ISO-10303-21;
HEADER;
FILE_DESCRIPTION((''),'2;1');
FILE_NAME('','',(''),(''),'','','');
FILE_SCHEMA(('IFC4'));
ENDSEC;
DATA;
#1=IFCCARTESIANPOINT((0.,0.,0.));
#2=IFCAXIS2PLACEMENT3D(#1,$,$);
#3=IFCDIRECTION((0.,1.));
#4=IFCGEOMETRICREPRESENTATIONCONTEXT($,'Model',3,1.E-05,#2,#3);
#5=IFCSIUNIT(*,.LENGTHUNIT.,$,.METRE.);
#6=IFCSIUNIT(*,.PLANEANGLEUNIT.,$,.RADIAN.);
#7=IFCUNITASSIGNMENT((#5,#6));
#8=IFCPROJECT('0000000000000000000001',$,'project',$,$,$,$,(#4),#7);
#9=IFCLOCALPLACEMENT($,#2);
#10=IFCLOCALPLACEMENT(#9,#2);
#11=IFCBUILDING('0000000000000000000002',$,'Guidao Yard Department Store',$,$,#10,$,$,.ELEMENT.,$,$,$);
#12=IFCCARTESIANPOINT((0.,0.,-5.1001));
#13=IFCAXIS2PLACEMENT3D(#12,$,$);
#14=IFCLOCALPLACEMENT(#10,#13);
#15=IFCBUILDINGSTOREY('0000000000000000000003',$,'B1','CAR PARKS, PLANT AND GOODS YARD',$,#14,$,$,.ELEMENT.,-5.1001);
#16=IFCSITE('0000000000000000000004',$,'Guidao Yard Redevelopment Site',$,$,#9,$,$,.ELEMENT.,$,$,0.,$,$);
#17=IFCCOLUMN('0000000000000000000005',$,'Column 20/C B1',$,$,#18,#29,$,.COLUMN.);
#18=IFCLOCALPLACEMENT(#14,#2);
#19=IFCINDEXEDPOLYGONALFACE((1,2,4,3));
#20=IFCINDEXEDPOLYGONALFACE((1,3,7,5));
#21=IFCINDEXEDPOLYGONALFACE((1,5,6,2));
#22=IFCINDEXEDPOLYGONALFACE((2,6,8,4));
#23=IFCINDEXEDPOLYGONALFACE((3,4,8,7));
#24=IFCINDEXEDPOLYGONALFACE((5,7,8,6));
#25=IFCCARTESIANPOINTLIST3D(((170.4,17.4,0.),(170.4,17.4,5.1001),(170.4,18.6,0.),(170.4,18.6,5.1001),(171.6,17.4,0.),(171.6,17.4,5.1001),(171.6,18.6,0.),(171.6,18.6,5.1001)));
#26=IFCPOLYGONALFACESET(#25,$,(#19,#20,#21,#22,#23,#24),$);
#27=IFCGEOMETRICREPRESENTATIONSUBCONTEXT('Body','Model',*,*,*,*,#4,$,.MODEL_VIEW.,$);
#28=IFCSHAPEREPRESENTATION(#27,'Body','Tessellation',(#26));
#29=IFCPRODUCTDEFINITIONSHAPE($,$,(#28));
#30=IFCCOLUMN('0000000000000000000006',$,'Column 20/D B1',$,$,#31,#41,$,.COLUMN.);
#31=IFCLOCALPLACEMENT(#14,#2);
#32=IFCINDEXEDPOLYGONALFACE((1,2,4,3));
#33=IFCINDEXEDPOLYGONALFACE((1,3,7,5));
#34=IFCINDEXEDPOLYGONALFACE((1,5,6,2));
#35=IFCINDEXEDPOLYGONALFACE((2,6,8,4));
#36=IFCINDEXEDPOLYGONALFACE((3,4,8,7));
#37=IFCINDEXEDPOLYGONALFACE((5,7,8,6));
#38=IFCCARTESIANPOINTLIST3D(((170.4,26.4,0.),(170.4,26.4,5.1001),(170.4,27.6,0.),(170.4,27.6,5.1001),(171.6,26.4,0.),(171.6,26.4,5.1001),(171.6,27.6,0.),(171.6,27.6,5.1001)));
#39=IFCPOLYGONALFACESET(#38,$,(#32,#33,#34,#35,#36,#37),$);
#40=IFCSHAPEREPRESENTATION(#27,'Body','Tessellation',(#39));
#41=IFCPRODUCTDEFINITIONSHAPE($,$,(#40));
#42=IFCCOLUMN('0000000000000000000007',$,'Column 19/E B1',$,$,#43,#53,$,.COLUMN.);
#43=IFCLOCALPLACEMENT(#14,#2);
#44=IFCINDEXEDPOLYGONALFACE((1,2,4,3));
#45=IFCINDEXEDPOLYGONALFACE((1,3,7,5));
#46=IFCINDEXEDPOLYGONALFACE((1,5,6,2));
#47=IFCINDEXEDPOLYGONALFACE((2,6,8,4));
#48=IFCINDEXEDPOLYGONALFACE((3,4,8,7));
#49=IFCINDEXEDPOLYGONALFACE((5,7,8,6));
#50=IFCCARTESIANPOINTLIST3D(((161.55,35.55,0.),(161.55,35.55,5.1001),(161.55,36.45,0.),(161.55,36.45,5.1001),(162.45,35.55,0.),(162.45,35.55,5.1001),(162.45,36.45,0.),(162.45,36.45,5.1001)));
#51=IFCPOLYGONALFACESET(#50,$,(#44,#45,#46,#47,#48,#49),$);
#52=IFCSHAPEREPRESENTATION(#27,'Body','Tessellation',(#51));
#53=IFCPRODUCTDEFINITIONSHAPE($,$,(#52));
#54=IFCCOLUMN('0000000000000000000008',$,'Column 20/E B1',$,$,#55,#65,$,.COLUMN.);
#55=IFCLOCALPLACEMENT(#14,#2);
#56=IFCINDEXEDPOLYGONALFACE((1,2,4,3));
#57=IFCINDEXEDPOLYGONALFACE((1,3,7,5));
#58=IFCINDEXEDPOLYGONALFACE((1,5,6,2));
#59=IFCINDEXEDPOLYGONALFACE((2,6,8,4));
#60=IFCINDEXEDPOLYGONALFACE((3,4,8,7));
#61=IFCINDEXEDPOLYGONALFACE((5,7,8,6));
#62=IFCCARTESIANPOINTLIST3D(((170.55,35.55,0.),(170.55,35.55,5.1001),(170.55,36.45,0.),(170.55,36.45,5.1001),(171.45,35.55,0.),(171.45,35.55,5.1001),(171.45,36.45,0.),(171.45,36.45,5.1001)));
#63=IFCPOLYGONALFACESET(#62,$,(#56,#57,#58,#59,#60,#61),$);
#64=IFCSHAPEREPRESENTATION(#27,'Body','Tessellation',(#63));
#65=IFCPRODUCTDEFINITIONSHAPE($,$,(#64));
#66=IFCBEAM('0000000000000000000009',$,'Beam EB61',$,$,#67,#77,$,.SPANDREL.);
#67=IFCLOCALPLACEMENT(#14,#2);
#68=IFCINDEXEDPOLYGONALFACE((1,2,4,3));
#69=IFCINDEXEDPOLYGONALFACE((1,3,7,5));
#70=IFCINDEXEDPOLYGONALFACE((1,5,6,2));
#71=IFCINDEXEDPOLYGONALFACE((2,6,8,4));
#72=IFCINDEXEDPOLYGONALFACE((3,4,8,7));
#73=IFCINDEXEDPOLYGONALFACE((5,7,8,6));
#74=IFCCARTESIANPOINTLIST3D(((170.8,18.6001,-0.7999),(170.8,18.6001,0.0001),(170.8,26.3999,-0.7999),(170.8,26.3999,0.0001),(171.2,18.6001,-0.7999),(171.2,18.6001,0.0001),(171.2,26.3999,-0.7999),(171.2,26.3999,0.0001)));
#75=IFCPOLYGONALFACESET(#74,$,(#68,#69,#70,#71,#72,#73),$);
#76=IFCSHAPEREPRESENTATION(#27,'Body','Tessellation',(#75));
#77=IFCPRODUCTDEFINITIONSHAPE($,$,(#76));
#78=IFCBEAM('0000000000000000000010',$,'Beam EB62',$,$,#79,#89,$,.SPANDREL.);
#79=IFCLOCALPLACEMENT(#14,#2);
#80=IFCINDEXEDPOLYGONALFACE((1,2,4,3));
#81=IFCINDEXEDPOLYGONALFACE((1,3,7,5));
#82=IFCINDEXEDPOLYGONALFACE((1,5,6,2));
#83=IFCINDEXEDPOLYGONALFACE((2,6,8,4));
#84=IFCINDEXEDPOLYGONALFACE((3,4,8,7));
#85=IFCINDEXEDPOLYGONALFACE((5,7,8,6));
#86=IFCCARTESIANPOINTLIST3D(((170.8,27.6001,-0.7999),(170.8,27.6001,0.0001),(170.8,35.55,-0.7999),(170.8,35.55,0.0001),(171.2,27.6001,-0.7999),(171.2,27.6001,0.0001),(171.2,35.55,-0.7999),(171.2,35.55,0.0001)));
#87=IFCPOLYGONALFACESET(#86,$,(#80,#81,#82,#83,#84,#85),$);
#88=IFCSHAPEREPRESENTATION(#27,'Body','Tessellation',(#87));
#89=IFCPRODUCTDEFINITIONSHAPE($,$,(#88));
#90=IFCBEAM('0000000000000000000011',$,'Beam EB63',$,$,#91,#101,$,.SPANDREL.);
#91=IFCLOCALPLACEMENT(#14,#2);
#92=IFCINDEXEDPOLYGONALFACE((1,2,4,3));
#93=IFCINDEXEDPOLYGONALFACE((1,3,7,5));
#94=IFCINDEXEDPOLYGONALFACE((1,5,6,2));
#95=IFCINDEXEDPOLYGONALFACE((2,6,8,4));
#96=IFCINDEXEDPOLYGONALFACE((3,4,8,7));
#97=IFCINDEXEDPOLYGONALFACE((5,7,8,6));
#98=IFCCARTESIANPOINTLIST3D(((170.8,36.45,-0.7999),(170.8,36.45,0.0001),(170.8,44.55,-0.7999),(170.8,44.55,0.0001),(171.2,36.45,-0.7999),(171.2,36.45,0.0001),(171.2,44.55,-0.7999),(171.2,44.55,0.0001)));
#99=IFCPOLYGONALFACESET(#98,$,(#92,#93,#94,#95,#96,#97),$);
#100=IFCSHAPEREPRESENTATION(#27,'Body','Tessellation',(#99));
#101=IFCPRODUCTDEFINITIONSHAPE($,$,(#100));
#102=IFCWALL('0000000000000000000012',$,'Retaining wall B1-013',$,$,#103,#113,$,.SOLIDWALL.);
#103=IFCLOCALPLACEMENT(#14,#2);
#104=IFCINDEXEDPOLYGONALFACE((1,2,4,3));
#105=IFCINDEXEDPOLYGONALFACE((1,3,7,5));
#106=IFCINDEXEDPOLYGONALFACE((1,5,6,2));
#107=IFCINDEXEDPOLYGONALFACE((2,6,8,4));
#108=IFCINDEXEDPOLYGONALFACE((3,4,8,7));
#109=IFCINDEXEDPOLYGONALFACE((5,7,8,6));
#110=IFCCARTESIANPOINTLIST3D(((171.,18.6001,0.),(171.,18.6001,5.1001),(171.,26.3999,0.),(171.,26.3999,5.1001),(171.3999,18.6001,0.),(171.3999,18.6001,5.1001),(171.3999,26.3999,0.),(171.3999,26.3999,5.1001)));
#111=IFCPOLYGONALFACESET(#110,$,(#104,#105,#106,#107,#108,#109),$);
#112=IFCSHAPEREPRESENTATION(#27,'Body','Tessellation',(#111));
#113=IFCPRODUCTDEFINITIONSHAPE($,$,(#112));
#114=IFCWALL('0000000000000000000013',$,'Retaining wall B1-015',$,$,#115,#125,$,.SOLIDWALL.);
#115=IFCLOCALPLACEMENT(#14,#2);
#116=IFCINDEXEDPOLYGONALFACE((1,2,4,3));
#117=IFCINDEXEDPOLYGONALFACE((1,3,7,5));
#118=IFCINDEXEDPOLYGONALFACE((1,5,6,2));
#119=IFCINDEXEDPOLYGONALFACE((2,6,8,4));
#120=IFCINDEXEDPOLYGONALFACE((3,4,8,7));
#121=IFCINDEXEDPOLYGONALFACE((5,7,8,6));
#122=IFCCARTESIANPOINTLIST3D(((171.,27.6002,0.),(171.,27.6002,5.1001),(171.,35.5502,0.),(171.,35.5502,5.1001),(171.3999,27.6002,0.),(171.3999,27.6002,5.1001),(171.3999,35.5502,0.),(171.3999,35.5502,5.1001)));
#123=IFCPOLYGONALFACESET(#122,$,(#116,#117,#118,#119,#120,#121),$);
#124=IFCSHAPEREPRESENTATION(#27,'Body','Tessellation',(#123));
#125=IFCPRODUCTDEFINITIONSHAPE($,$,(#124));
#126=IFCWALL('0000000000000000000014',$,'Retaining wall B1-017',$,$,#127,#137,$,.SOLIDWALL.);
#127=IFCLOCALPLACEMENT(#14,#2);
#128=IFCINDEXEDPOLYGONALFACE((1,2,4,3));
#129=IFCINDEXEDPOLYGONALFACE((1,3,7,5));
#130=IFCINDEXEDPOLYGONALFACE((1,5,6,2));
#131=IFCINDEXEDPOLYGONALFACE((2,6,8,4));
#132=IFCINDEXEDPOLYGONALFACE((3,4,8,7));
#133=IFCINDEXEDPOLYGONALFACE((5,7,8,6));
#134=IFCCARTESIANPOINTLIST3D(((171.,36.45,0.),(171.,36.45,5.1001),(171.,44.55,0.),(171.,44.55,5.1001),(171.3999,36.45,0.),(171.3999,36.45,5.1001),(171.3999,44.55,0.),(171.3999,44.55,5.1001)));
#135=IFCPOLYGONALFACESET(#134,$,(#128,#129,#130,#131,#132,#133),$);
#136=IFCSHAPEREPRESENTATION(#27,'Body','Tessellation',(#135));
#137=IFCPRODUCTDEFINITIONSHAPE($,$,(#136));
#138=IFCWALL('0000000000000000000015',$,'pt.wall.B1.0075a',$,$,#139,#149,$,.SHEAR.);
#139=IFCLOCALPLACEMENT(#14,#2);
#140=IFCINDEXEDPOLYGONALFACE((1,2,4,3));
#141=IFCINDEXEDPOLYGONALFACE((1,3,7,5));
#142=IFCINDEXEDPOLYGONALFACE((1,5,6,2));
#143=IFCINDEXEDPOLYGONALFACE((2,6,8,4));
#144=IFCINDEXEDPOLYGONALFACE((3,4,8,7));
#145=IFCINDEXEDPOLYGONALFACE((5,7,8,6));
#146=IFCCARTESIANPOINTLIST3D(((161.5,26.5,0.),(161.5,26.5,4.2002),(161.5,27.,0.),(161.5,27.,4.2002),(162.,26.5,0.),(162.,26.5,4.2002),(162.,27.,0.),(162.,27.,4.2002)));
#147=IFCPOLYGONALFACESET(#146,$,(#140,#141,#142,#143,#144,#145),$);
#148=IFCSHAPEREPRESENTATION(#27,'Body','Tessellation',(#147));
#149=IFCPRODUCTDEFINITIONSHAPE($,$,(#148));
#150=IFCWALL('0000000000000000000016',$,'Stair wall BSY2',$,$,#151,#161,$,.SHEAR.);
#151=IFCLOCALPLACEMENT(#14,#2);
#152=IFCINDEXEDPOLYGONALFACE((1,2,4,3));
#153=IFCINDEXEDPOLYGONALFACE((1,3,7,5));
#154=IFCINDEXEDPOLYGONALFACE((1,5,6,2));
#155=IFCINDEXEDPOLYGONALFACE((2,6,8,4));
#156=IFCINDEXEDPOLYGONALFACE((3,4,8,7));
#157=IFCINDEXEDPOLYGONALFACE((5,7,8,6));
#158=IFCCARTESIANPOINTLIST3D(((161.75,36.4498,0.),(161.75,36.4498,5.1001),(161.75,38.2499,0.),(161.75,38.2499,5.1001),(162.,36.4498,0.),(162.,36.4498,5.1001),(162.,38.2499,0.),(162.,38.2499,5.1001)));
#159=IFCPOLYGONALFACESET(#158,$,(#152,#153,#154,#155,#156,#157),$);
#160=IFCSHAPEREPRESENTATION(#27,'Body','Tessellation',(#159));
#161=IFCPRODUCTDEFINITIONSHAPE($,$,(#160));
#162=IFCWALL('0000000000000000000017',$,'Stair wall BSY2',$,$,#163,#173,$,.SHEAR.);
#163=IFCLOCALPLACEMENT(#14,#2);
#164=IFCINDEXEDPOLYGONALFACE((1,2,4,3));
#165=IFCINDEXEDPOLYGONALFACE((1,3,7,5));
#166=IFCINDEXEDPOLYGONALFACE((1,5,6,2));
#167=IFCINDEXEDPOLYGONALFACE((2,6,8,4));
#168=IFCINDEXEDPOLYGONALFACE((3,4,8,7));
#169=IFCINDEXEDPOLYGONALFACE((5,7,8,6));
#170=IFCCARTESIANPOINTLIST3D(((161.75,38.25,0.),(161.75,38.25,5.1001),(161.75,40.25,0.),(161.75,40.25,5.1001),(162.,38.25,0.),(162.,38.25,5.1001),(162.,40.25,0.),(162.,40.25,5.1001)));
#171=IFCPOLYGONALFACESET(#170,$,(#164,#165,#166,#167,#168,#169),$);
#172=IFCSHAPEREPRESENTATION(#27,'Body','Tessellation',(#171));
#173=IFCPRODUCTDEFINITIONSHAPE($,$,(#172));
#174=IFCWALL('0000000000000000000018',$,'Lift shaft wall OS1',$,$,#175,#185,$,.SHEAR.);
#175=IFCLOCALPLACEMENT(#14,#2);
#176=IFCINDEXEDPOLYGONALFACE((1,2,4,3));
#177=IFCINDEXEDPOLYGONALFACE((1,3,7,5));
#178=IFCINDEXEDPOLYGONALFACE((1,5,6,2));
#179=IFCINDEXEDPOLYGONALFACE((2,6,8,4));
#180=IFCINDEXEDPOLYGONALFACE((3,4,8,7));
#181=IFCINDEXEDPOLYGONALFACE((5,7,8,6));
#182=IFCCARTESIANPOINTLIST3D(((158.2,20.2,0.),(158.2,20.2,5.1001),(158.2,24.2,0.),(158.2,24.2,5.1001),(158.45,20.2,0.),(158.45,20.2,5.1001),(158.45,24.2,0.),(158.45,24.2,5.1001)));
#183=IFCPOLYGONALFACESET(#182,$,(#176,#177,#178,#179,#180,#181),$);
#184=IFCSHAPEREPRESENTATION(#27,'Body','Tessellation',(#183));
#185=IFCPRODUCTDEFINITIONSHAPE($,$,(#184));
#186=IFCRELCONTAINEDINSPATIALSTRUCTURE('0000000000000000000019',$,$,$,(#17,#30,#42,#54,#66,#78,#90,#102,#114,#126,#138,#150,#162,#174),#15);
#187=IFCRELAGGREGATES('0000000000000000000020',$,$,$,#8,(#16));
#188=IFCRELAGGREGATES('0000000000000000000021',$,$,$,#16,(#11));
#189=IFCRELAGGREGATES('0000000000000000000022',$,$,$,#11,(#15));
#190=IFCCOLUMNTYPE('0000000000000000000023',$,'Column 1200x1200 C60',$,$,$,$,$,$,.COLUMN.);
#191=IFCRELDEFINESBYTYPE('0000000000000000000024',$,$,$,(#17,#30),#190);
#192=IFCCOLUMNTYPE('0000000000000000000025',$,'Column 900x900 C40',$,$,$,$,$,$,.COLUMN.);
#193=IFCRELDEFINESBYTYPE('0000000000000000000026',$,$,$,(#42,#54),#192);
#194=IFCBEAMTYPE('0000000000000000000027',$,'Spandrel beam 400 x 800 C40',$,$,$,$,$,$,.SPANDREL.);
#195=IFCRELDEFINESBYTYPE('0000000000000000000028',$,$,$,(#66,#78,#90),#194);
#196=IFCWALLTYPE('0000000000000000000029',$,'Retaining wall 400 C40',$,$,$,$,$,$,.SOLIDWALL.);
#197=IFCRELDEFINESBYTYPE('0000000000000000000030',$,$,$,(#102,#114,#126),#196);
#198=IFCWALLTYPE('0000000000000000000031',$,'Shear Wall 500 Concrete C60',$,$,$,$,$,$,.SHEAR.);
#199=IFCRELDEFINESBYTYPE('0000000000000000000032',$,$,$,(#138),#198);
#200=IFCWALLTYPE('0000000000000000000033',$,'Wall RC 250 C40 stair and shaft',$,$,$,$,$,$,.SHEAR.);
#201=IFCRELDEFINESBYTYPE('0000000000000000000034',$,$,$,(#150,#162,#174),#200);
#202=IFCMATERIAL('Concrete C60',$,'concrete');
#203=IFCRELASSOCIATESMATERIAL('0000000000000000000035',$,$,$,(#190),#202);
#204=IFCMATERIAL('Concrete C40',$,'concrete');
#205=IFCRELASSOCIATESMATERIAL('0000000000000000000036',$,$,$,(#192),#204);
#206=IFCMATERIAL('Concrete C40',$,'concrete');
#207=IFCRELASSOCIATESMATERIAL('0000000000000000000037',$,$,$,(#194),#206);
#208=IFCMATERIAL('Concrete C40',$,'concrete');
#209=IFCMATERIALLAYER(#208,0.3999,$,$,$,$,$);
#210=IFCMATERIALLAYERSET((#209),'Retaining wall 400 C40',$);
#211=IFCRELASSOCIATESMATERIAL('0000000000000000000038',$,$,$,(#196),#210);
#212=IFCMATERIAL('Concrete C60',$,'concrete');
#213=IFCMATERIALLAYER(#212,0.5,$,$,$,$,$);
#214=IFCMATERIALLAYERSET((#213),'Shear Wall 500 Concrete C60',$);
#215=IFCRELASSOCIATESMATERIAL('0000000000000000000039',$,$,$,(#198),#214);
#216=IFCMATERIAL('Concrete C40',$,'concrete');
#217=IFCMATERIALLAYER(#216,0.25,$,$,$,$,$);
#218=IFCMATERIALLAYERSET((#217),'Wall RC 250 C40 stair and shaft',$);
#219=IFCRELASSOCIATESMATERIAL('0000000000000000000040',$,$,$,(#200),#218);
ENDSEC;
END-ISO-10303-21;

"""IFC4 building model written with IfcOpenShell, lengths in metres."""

from ifc_helpers import new_model, si_unit, direction, frame, frame_2d, origin, origin_2d, place, context, subcontext, project, spatial, rectangle, extrude, material, layer, layer_set, material_profile, profile_set, type_object, element, save


model = new_model("IFC4")

# Units and contexts
model_context = context("Model", 3, precision=1e-05, world=origin(), true_north=direction((0.0, 1.0)))
body_context = subcontext(model_context, "Body", "Model", "MODEL_VIEW")
ifc_project = project(units=[si_unit("LENGTHUNIT", "METRE"), si_unit("PLANEANGLEUNIT", "RADIAN")], contexts=[model_context])

# Site, building, storey
site_placement = place(None, origin())
site = spatial("IfcSite", under=ifc_project, at=site_placement, Name="Guidao Yard Redevelopment Site", CompositionType="ELEMENT", RefElevation=0.0)
building_placement = place(site_placement, origin())
building = spatial("IfcBuilding", under=site, at=building_placement, Name="Guidao Yard Department Store", CompositionType="ELEMENT")
storey_placement = place(building_placement, frame((0.0, 0.0, -5.1001)))
storey = spatial("IfcBuildingStorey", under=building, at=storey_placement, Name="B1", Description="CAR PARKS, PLANT AND GOODS YARD", CompositionType="ELEMENT", Elevation=-5.1001)

# Columns
ifc_material_1 = material(Name="Concrete C60", Category="concrete")
ifc_material_profile_1 = material_profile(ifc_material_1, rectangle(XDim=1.2, YDim=1.2, at=origin_2d()), Name="COL 1200x1200")
ifc_profile_set_1 = profile_set([ifc_material_profile_1], Name="Concrete C60")
column_type_1 = type_object("IfcColumnType", Name="Column 1200x1200 C60", PredefinedType="COLUMN", material=ifc_profile_set_1)
for number, where, z_axis, x_axis, name in (
    (1, (171.0, 18.0, 0.0), (0.0, 0.0, 1.0), (1.0, 0.0, 0.0), "Column 20/C B1"),
    (2, (171.0, 27.0, 0.0), (0.0, 0.0, 1.0), (1.0, 0.0, 0.0), "Column 20/D B1"),
):
    element("IfcColumn", number, at=place(storey_placement, frame(where, z_axis=z_axis, x_axis=x_axis)), inside=storey, type_object=column_type_1, Name=name, PredefinedType="COLUMN", context=body_context, shape_type="SweptSolid", body=[
        extrude(rectangle(XDim=1.2, YDim=1.2, at=origin_2d()), origin(), (0.0, 0.0, 1.0), 5.1001),
    ])
ifc_material_2 = material(Name="Concrete C40", Category="concrete")
ifc_material_profile_2 = material_profile(ifc_material_2, rectangle(XDim=0.8999, YDim=0.8999, at=origin_2d()), Name="COL 900x900")
ifc_profile_set_2 = profile_set([ifc_material_profile_2], Name="Concrete C40")
column_type_2 = type_object("IfcColumnType", Name="Column 900x900 C40", PredefinedType="COLUMN", material=ifc_profile_set_2)
for number, where, z_axis, x_axis, name in (
    (3, (162.0, 36.0, 0.0), (0.0, 0.0, 1.0), (1.0, 0.0, 0.0), "Column 19/E B1"),
    (4, (171.0, 36.0, 0.0), (0.0, 0.0, 1.0), (1.0, 0.0, 0.0), "Column 20/E B1"),
):
    element("IfcColumn", number, at=place(storey_placement, frame(where, z_axis=z_axis, x_axis=x_axis)), inside=storey, type_object=column_type_2, Name=name, PredefinedType="COLUMN", context=body_context, shape_type="SweptSolid", body=[
        extrude(rectangle(XDim=0.8999, YDim=0.8999, at=origin_2d()), origin(), (0.0, 0.0, 1.0), 5.1001),
    ])

# Beams
ifc_material_3 = material(Name="Concrete C40", Category="concrete")
ifc_material_profile_3 = material_profile(ifc_material_3, rectangle(XDim=0.3999, YDim=0.8, at=origin_2d()), Name="Spandrel beam 400 x 800 C40")
ifc_profile_set_3 = profile_set([ifc_material_profile_3], Name="Concrete C40")
beam_type = type_object("IfcBeamType", Name="Spandrel beam 400 x 800 C40", PredefinedType="SPANDREL", material=ifc_profile_set_3)
beam_1_placement = place(storey_placement, frame((171.0, 18.6001, -0.3999), z_axis=(0.0, 1.0, 0.0), x_axis=(-1.0, 0.0, 0.0)))
element("IfcBeam", 5, at=beam_1_placement, inside=storey, type_object=beam_type, Name="Beam EB61", PredefinedType="SPANDREL", context=body_context, shape_type="SweptSolid", body=[
    extrude(rectangle(XDim=0.3999, YDim=0.8, at=origin_2d()), origin(), (0.0, 0.0, 1.0), 7.7998),
])
beam_2_placement = place(storey_placement, frame((171.0, 27.6001, -0.3999), z_axis=(0.0, 1.0, 0.0), x_axis=(-1.0, 0.0, 0.0)))
element("IfcBeam", 6, at=beam_2_placement, inside=storey, type_object=beam_type, Name="Beam EB62", PredefinedType="SPANDREL", context=body_context, shape_type="SweptSolid", body=[
    extrude(rectangle(XDim=0.3999, YDim=0.8, at=origin_2d()), origin(), (0.0, 0.0, 1.0), 7.95),
])
beam_3_placement = place(storey_placement, frame((171.0, 36.45, -0.3999), z_axis=(0.0, 1.0, 0.0), x_axis=(-1.0, 0.0, 0.0)))
element("IfcBeam", 7, at=beam_3_placement, inside=storey, type_object=beam_type, Name="Beam EB63", PredefinedType="SPANDREL", context=body_context, shape_type="SweptSolid", body=[
    extrude(rectangle(XDim=0.3999, YDim=0.8, at=origin_2d()), origin(), (0.0, 0.0, 1.0), 8.1001),
])

# Walls
ifc_material_4 = material(Name="Concrete C40", Category="concrete")
ifc_layer_1 = layer(ifc_material_4, 0.3999)
ifc_layer_set_1 = layer_set([ifc_layer_1], Name="Retaining wall 400 C40")
wall_type_1 = type_object("IfcWallType", Name="Retaining wall 400 C40", PredefinedType="SOLIDWALL", material=ifc_layer_set_1)
wall_1_placement = place(storey_placement, frame((171.2, 18.6001, 0.0), z_axis=(0.0, 0.0, 1.0), x_axis=(0.0, 1.0, 0.0)))
element("IfcWall", 8, at=wall_1_placement, inside=storey, type_object=wall_type_1, Name="Retaining wall B1-013", PredefinedType="SOLIDWALL", context=body_context, shape_type="SweptSolid", body=[
    extrude(rectangle(XDim=7.7998, YDim=0.3999, at=frame_2d((3.8999, 0.0))), origin(), (0.0, 0.0, 1.0), 5.1001),
])
wall_2_placement = place(storey_placement, frame((171.2, 27.6001, 0.0), z_axis=(0.0, 0.0, 1.0), x_axis=(0.0, 1.0, 0.0)))
element("IfcWall", 9, at=wall_2_placement, inside=storey, type_object=wall_type_1, Name="Retaining wall B1-015", PredefinedType="SOLIDWALL", context=body_context, shape_type="SweptSolid", body=[
    extrude(rectangle(XDim=7.95, YDim=0.3999, at=frame_2d((3.9751, 0.0))), origin(), (0.0, 0.0, 1.0), 5.1001),
])
wall_3_placement = place(storey_placement, frame((171.2, 36.45, 0.0), z_axis=(0.0, 0.0, 1.0), x_axis=(0.0, 1.0, 0.0)))
element("IfcWall", 10, at=wall_3_placement, inside=storey, type_object=wall_type_1, Name="Retaining wall B1-017", PredefinedType="SOLIDWALL", context=body_context, shape_type="SweptSolid", body=[
    extrude(rectangle(XDim=8.1001, YDim=0.3999, at=frame_2d((4.05, 0.0))), origin(), (0.0, 0.0, 1.0), 5.1001),
])
ifc_material_5 = material(Name="Concrete C60", Category="concrete")
ifc_layer_2 = layer(ifc_material_5, 0.5)
ifc_layer_set_2 = layer_set([ifc_layer_2], Name="Shear Wall 500 Concrete C60")
wall_type_2 = type_object("IfcWallType", Name="Shear Wall 500 Concrete C60", PredefinedType="SHEAR", material=ifc_layer_set_2)
wall_4_placement = place(storey_placement, frame((161.75, 26.5, 0.0), z_axis=(0.0, 0.0, 1.0), x_axis=(0.0, 1.0, 0.0)))
element("IfcWall", 11, at=wall_4_placement, inside=storey, type_object=wall_type_2, Name="pt.wall.B1.0075a", PredefinedType="SHEAR", context=body_context, shape_type="SweptSolid", body=[
    extrude(rectangle(XDim=0.5, YDim=0.5, at=frame_2d((0.25, 0.0))), origin(), (0.0, 0.0, 1.0), 4.2002),
])
ifc_material_6 = material(Name="Concrete C40", Category="concrete")
ifc_layer_3 = layer(ifc_material_6, 0.25)
ifc_layer_set_3 = layer_set([ifc_layer_3], Name="Wall RC 250 C40 stair and shaft")
wall_type_3 = type_object("IfcWallType", Name="Wall RC 250 C40 stair and shaft", PredefinedType="SHEAR", material=ifc_layer_set_3)
wall_5_placement = place(storey_placement, frame((161.875, 36.45, 0.0), z_axis=(0.0, 0.0, 1.0), x_axis=(0.0, 1.0, 0.0)))
element("IfcWall", 12, at=wall_5_placement, inside=storey, type_object=wall_type_3, Name="Stair wall BSY2", PredefinedType="SHEAR", context=body_context, shape_type="SweptSolid", body=[
    extrude(rectangle(XDim=1.8, YDim=0.25, at=frame_2d((0.8999, 0.0))), origin(), (0.0, 0.0, 1.0), 5.1001),
])
wall_6_placement = place(storey_placement, frame((161.875, 38.25, 0.0), z_axis=(0.0, 0.0, 1.0), x_axis=(0.0, 1.0, 0.0)))
element("IfcWall", 13, at=wall_6_placement, inside=storey, type_object=wall_type_3, Name="Stair wall BSY2", PredefinedType="SHEAR", context=body_context, shape_type="SweptSolid", body=[
    extrude(rectangle(XDim=2.0, YDim=0.25, at=frame_2d((1.0, 0.0))), origin(), (0.0, 0.0, 1.0), 5.1001),
])
wall_7_placement = place(storey_placement, frame((158.325, 20.2, 0.0), z_axis=(0.0, 0.0, 1.0), x_axis=(0.0, 1.0, 0.0)))
element("IfcWall", 14, at=wall_7_placement, inside=storey, type_object=wall_type_3, Name="Lift shaft wall OS1", PredefinedType="SHEAR", context=body_context, shape_type="SweptSolid", body=[
    extrude(rectangle(XDim=4.0, YDim=0.25, at=frame_2d((2.0, 0.0))), origin(), (0.0, 0.0, 1.0), 5.1001),
])

save(model, "model.ifc")
